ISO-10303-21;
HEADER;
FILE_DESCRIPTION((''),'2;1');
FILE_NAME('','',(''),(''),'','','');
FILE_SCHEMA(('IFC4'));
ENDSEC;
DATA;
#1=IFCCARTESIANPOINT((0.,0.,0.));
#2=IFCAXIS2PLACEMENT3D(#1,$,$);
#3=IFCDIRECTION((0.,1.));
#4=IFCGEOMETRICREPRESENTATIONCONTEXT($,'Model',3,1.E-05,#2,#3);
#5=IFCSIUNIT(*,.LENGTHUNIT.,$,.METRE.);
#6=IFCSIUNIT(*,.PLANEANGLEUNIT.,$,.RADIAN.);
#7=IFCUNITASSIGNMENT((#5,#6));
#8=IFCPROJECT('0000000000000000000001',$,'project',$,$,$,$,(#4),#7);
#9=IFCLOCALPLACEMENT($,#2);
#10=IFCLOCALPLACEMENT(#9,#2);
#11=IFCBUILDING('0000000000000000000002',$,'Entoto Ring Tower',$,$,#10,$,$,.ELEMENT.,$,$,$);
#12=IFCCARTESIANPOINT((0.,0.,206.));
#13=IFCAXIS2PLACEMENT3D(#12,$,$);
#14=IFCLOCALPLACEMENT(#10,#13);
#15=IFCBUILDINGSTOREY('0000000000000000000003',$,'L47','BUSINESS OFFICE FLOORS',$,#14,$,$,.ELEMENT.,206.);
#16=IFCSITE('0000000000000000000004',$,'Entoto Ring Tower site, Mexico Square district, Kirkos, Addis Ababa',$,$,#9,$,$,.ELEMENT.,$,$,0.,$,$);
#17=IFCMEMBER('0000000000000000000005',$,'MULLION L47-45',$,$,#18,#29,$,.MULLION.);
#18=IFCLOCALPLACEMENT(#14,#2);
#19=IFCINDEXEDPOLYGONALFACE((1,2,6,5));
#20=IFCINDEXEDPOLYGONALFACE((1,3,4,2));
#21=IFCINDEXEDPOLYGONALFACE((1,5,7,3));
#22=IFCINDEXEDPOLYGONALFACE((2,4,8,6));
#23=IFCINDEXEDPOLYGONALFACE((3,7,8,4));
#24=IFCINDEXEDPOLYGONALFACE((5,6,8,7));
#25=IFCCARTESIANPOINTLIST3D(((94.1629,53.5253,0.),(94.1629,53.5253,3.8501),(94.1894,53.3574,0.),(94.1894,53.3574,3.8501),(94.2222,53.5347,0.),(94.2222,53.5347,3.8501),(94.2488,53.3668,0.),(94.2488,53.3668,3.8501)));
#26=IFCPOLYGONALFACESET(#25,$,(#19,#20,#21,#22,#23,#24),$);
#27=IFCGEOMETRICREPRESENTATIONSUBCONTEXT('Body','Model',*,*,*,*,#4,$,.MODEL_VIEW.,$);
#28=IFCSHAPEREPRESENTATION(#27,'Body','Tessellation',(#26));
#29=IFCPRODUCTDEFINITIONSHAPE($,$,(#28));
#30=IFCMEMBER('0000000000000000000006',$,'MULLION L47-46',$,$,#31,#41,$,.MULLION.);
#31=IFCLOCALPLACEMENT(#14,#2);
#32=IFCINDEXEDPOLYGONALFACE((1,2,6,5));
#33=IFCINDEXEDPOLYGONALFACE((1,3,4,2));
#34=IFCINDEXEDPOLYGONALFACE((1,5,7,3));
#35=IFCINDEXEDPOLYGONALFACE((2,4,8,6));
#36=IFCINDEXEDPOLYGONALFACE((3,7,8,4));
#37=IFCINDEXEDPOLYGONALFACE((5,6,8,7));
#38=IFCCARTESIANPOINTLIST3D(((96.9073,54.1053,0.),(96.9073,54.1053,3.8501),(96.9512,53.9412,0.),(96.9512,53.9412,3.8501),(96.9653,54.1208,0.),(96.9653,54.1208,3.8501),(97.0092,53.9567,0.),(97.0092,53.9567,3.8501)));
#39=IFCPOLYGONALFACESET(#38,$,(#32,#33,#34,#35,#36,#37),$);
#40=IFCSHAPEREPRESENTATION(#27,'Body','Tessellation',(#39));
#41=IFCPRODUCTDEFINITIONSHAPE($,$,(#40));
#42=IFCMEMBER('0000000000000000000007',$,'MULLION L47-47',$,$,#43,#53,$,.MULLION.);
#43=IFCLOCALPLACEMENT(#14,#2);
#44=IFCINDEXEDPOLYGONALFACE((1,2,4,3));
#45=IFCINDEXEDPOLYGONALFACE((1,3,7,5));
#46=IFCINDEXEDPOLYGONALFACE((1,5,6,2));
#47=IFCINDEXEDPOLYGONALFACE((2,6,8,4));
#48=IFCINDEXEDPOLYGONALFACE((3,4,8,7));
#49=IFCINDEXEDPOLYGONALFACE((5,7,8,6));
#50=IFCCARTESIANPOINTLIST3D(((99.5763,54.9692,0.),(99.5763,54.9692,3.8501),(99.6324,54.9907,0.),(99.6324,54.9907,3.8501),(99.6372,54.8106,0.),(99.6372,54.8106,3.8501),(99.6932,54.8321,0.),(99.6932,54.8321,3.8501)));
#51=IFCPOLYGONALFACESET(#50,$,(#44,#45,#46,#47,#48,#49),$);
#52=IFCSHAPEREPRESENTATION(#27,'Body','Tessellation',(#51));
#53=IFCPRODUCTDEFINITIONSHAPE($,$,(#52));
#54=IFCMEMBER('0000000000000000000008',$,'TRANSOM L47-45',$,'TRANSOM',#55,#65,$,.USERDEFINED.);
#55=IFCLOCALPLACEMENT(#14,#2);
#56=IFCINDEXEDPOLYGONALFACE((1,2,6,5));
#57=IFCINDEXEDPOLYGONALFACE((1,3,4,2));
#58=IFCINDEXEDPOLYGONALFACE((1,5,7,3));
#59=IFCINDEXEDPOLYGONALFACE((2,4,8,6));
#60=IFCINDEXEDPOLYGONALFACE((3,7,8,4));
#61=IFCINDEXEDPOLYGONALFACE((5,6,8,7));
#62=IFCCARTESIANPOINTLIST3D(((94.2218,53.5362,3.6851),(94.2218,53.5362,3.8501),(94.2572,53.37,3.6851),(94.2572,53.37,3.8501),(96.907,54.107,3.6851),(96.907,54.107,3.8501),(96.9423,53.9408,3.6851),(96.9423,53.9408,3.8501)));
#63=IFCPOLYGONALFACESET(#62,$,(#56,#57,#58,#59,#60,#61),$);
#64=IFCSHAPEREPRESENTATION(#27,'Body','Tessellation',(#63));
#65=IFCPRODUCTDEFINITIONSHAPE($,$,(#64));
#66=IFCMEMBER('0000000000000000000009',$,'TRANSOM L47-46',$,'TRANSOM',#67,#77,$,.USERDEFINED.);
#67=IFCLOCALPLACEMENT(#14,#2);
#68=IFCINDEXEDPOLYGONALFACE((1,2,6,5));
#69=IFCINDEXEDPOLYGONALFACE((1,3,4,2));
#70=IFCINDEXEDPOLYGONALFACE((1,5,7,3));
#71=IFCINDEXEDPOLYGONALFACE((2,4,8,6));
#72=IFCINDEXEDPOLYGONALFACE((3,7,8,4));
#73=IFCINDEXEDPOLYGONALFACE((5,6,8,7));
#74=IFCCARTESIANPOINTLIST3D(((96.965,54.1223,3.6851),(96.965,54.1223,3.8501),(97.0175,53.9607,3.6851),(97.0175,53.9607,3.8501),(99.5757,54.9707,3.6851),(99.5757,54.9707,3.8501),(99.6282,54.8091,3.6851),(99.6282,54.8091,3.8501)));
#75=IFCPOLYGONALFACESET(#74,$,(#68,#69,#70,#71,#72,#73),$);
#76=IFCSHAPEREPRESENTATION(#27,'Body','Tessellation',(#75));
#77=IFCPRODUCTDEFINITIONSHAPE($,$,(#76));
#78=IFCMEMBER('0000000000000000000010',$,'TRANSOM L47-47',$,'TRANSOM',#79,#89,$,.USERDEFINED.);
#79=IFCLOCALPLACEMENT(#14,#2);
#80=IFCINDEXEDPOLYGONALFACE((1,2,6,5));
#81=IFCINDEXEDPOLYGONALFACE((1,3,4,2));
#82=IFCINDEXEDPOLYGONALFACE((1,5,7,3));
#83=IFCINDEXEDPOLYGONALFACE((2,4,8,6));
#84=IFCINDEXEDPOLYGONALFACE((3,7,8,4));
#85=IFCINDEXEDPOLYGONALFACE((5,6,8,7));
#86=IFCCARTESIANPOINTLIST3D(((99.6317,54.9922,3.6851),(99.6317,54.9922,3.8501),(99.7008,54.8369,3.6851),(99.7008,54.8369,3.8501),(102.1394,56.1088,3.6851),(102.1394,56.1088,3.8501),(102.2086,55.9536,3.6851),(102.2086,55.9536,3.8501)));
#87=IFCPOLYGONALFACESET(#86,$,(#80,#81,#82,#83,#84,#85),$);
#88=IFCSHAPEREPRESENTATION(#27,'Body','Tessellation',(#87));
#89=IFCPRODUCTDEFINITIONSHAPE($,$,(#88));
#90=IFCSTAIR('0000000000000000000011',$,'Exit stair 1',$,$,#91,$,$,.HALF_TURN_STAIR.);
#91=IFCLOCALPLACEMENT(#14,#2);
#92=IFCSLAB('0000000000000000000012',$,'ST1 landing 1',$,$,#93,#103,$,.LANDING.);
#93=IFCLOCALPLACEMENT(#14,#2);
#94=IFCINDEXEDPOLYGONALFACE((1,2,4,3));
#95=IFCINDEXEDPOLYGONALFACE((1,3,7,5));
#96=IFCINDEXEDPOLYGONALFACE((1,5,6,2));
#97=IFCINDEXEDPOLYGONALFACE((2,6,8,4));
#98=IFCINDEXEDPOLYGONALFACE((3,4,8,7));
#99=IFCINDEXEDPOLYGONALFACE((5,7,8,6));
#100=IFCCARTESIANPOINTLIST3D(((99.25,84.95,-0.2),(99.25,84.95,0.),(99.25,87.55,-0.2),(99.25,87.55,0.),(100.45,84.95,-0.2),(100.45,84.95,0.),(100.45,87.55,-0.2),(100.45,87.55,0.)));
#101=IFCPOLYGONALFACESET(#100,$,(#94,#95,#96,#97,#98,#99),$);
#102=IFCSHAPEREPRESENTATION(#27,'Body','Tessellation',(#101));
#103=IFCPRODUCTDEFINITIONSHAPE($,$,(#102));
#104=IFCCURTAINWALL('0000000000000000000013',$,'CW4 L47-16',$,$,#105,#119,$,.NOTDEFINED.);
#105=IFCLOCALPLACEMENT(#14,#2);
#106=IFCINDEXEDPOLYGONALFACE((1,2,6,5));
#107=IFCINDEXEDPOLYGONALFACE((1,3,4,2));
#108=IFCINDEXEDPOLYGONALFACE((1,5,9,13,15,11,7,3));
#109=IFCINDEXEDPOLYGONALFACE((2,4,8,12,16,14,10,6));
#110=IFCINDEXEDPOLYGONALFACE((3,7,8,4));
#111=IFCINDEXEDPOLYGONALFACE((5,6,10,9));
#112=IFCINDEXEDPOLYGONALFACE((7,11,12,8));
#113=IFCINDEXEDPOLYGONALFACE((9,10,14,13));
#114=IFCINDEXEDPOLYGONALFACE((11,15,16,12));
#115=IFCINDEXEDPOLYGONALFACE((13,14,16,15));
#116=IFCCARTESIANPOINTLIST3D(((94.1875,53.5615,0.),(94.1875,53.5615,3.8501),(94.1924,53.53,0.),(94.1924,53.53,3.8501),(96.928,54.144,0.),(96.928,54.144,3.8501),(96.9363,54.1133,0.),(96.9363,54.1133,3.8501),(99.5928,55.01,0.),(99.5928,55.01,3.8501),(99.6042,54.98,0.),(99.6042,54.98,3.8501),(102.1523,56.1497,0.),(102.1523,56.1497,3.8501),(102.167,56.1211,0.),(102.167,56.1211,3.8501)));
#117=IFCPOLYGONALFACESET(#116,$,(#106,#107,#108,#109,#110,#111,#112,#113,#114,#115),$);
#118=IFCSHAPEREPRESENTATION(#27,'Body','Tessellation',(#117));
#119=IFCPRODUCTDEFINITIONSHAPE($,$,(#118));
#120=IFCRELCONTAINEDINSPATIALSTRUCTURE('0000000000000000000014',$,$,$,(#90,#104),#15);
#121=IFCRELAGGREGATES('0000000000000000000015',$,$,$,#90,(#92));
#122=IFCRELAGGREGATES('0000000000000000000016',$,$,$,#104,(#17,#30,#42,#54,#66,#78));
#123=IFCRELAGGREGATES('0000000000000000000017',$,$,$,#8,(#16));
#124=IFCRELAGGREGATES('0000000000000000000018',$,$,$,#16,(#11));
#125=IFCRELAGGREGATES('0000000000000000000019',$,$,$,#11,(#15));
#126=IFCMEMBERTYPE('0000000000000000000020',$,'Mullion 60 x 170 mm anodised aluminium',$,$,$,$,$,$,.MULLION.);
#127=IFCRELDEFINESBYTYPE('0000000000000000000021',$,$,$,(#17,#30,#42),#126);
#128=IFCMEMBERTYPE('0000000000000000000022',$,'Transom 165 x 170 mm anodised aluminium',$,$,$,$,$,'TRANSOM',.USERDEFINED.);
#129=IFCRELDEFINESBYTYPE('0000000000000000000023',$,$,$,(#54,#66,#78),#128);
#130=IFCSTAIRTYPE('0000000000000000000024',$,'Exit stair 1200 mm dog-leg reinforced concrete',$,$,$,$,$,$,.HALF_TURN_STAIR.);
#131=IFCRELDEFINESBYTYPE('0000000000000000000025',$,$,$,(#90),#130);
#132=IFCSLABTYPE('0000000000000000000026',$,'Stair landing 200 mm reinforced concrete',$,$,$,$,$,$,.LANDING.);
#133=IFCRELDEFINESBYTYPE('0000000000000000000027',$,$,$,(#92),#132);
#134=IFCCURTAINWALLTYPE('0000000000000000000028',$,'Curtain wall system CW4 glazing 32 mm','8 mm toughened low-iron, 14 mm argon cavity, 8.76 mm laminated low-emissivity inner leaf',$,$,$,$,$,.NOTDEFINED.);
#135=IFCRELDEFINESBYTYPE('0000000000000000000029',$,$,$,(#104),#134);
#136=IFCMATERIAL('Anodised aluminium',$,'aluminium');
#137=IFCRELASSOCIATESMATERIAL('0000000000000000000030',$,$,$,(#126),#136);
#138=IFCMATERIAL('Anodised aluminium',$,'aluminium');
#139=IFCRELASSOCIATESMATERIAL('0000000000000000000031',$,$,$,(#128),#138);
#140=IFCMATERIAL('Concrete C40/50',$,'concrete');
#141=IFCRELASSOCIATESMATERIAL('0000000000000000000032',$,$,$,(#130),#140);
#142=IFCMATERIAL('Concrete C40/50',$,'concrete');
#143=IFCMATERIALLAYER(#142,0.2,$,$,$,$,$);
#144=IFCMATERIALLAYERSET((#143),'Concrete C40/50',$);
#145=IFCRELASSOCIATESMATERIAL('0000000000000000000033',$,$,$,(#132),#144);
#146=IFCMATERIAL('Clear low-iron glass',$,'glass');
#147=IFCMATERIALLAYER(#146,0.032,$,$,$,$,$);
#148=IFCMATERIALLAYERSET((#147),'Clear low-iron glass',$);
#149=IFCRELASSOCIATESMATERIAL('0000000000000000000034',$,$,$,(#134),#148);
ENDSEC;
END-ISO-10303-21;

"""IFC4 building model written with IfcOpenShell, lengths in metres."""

from ifc_helpers import new_model, si_unit, direction, frame, origin, origin_2d, place, context, subcontext, project, spatial, polyline, rectangle, outline, extrude, material, layer, layer_set, material_profile, profile_set, type_object, element, aggregate, save


model = new_model("IFC4")

# Units and contexts
model_context = context("Model", 3, precision=1e-05, world=origin(), true_north=direction((0.0, 1.0)))
body_context = subcontext(model_context, "Body", "Model", "MODEL_VIEW")
ifc_project = project(units=[si_unit("LENGTHUNIT", "METRE"), si_unit("PLANEANGLEUNIT", "RADIAN")], contexts=[model_context])

# Members
ifc_material_1 = material(Name="Anodised aluminium", Category="aluminium")
ifc_material_profile_1 = material_profile(ifc_material_1, rectangle(XDim=0.0601, YDim=0.1699, at=origin_2d()), Name="Mullion 60 x 170 mm anodised aluminium")
ifc_profile_set_1 = profile_set([ifc_material_profile_1], Name="Anodised aluminium")
member_type_1 = type_object("IfcMemberType", Name="Mullion 60 x 170 mm anodised aluminium", PredefinedType="MULLION", material=ifc_profile_set_1)
site_placement = place(None, origin())
building_placement = place(site_placement, origin())
storey_placement = place(building_placement, frame((0.0, 0.0, 206.0)))
member_1_placement = place(storey_placement, frame((94.2058, 53.446, 0.0), z_axis=(0.0, 0.0, 1.0), x_axis=(0.987688, 0.156434, 0.0)))
member_1 = element("IfcMember", 1, at=member_1_placement, type_object=member_type_1, Name="MULLION L47-45", PredefinedType="MULLION", context=body_context, shape_type="SweptSolid", body=[
    extrude(rectangle(XDim=0.0601, YDim=0.1699, at=origin_2d()), origin(), (0.0, 0.0, 1.0), 3.8501),
])
member_2_placement = place(storey_placement, frame((96.9583, 54.031, 0.0), z_axis=(0.0, 0.0, 1.0), x_axis=(0.965926, 0.258819, 0.0)))
member_2 = element("IfcMember", 2, at=member_2_placement, type_object=member_type_1, Name="MULLION L47-46", PredefinedType="MULLION", context=body_context, shape_type="SweptSolid", body=[
    extrude(rectangle(XDim=0.0601, YDim=0.1699, at=origin_2d()), origin(), (0.0, 0.0, 1.0), 3.8501),
])
member_3_placement = place(storey_placement, frame((99.6348, 54.9006, 0.0), z_axis=(0.0, 0.0, 1.0), x_axis=(0.93358, 0.358368, 0.0)))
member_3 = element("IfcMember", 3, at=member_3_placement, type_object=member_type_1, Name="MULLION L47-47", PredefinedType="MULLION", context=body_context, shape_type="SweptSolid", body=[
    extrude(rectangle(XDim=0.0601, YDim=0.1699, at=origin_2d()), origin(), (0.0, 0.0, 1.0), 3.8501),
])
ifc_material_2 = material(Name="Anodised aluminium", Category="aluminium")
ifc_material_profile_2 = material_profile(ifc_material_2, rectangle(XDim=0.1699, YDim=0.165, at=origin_2d()), Name="Transom 165 x 170 mm anodised aluminium")
ifc_profile_set_2 = profile_set([ifc_material_profile_2], Name="Anodised aluminium")
member_type_2 = type_object("IfcMemberType", Name="Transom 165 x 170 mm anodised aluminium", ElementType="TRANSOM", PredefinedType="USERDEFINED", material=ifc_profile_set_2)
member_4_placement = place(storey_placement, frame((94.2395, 53.4531, 3.7676), z_axis=(0.978142, 0.207937, 0.0), x_axis=(-0.207937, 0.978142, 0.0)))
member_4 = element("IfcMember", 4, at=member_4_placement, type_object=member_type_2, Name="TRANSOM L47-45", ObjectType="TRANSOM", PredefinedType="USERDEFINED", context=body_context, shape_type="SweptSolid", body=[
    extrude(rectangle(XDim=0.1699, YDim=0.165, at=origin_2d()), origin(), (0.0, 0.0, 1.0), 2.7451),
])
member_5_placement = place(storey_placement, frame((96.9912, 54.0415, 3.7676), z_axis=(0.951048, 0.309042, 0.0), x_axis=(-0.309042, 0.951048, 0.0)))
member_5 = element("IfcMember", 5, at=member_5_placement, type_object=member_type_2, Name="TRANSOM L47-46", ObjectType="TRANSOM", PredefinedType="USERDEFINED", context=body_context, shape_type="SweptSolid", body=[
    extrude(rectangle(XDim=0.1699, YDim=0.165, at=origin_2d()), origin(), (0.0, 0.0, 1.0), 2.7451),
])
member_6_placement = place(storey_placement, frame((99.6663, 54.9146, 3.7676), z_axis=(0.913525, 0.406782, 0.0), x_axis=(-0.406782, 0.913525, 0.0)))
member_6 = element("IfcMember", 6, at=member_6_placement, type_object=member_type_2, Name="TRANSOM L47-47", ObjectType="TRANSOM", PredefinedType="USERDEFINED", context=body_context, shape_type="SweptSolid", body=[
    extrude(rectangle(XDim=0.1699, YDim=0.165, at=origin_2d()), origin(), (0.0, 0.0, 1.0), 2.7451),
])

# Site, building, storey
site = spatial("IfcSite", under=ifc_project, at=site_placement, Name="Entoto Ring Tower site, Mexico Square district, Kirkos, Addis Ababa", CompositionType="ELEMENT", RefElevation=0.0)
building = spatial("IfcBuilding", under=site, at=building_placement, Name="Entoto Ring Tower", CompositionType="ELEMENT")
storey = spatial("IfcBuildingStorey", under=building, at=storey_placement, Name="L47", Description="BUSINESS OFFICE FLOORS", CompositionType="ELEMENT", Elevation=206.0)

# Stair, slab
ifc_material_3 = material(Name="Concrete C40/50", Category="concrete")
stair_type = type_object("IfcStairType", Name="Exit stair 1200 mm dog-leg reinforced concrete", PredefinedType="HALF_TURN_STAIR", material=ifc_material_3)
stair_placement = place(storey_placement, origin())
stair = element("IfcStair", 7, at=stair_placement, inside=storey, type_object=stair_type, Name="Exit stair 1", PredefinedType="HALF_TURN_STAIR")
ifc_material_4 = material(Name="Concrete C40/50", Category="concrete")
ifc_layer_1 = layer(ifc_material_4, 0.2)
ifc_layer_set_1 = layer_set([ifc_layer_1], Name="Concrete C40/50")
slab_type = type_object("IfcSlabType", Name="Stair landing 200 mm reinforced concrete", PredefinedType="LANDING", material=ifc_layer_set_1)
slab_placement = place(storey_placement, frame((0.0, 0.0, -0.2)))
slab = element("IfcSlab", 8, at=slab_placement, type_object=slab_type, Name="ST1 landing 1", PredefinedType="LANDING", context=body_context, shape_type="SweptSolid", body=[
    extrude(outline(polyline([(100.45, 84.95), (100.45, 87.55), (99.25, 87.55), (99.25, 84.95), (100.45, 84.95)])), origin(), (0.0, 0.0, 1.0), 0.2),
])
aggregate(stair, [slab])

# Curtain wall
ifc_material_5 = material(Name="Clear low-iron glass", Category="glass")
ifc_layer_2 = layer(ifc_material_5, 0.032)
ifc_layer_set_2 = layer_set([ifc_layer_2], Name="Clear low-iron glass")
curtain_wall_type = type_object("IfcCurtainWallType", Name="Curtain wall system CW4 glazing 32 mm", Description="8 mm toughened low-iron, 14 mm argon cavity, 8.76 mm laminated low-emissivity inner leaf", PredefinedType="NOTDEFINED", material=ifc_layer_set_2)
curtain_wall_1_placement = place(storey_placement, origin())
curtain_wall_1 = element("IfcCurtainWall", 9, at=curtain_wall_1_placement, inside=storey, type_object=curtain_wall_type, Name="CW4 L47-16", PredefinedType="NOTDEFINED", context=body_context, shape_type="SweptSolid", body=[
    extrude(outline(polyline([(94.1924, 53.53), (96.9363, 54.1133), (99.6042, 54.98), (102.167, 56.1211), (102.1523, 56.1497), (99.5928, 55.01), (96.928, 54.144), (94.1875, 53.5615), (94.1924, 53.53)])), origin(), (0.0, 0.0, 1.0), 3.8501),
])
aggregate(curtain_wall_1, [member_1, member_2, member_3, member_4, member_5, member_6])

save(model, "model.ifc")
